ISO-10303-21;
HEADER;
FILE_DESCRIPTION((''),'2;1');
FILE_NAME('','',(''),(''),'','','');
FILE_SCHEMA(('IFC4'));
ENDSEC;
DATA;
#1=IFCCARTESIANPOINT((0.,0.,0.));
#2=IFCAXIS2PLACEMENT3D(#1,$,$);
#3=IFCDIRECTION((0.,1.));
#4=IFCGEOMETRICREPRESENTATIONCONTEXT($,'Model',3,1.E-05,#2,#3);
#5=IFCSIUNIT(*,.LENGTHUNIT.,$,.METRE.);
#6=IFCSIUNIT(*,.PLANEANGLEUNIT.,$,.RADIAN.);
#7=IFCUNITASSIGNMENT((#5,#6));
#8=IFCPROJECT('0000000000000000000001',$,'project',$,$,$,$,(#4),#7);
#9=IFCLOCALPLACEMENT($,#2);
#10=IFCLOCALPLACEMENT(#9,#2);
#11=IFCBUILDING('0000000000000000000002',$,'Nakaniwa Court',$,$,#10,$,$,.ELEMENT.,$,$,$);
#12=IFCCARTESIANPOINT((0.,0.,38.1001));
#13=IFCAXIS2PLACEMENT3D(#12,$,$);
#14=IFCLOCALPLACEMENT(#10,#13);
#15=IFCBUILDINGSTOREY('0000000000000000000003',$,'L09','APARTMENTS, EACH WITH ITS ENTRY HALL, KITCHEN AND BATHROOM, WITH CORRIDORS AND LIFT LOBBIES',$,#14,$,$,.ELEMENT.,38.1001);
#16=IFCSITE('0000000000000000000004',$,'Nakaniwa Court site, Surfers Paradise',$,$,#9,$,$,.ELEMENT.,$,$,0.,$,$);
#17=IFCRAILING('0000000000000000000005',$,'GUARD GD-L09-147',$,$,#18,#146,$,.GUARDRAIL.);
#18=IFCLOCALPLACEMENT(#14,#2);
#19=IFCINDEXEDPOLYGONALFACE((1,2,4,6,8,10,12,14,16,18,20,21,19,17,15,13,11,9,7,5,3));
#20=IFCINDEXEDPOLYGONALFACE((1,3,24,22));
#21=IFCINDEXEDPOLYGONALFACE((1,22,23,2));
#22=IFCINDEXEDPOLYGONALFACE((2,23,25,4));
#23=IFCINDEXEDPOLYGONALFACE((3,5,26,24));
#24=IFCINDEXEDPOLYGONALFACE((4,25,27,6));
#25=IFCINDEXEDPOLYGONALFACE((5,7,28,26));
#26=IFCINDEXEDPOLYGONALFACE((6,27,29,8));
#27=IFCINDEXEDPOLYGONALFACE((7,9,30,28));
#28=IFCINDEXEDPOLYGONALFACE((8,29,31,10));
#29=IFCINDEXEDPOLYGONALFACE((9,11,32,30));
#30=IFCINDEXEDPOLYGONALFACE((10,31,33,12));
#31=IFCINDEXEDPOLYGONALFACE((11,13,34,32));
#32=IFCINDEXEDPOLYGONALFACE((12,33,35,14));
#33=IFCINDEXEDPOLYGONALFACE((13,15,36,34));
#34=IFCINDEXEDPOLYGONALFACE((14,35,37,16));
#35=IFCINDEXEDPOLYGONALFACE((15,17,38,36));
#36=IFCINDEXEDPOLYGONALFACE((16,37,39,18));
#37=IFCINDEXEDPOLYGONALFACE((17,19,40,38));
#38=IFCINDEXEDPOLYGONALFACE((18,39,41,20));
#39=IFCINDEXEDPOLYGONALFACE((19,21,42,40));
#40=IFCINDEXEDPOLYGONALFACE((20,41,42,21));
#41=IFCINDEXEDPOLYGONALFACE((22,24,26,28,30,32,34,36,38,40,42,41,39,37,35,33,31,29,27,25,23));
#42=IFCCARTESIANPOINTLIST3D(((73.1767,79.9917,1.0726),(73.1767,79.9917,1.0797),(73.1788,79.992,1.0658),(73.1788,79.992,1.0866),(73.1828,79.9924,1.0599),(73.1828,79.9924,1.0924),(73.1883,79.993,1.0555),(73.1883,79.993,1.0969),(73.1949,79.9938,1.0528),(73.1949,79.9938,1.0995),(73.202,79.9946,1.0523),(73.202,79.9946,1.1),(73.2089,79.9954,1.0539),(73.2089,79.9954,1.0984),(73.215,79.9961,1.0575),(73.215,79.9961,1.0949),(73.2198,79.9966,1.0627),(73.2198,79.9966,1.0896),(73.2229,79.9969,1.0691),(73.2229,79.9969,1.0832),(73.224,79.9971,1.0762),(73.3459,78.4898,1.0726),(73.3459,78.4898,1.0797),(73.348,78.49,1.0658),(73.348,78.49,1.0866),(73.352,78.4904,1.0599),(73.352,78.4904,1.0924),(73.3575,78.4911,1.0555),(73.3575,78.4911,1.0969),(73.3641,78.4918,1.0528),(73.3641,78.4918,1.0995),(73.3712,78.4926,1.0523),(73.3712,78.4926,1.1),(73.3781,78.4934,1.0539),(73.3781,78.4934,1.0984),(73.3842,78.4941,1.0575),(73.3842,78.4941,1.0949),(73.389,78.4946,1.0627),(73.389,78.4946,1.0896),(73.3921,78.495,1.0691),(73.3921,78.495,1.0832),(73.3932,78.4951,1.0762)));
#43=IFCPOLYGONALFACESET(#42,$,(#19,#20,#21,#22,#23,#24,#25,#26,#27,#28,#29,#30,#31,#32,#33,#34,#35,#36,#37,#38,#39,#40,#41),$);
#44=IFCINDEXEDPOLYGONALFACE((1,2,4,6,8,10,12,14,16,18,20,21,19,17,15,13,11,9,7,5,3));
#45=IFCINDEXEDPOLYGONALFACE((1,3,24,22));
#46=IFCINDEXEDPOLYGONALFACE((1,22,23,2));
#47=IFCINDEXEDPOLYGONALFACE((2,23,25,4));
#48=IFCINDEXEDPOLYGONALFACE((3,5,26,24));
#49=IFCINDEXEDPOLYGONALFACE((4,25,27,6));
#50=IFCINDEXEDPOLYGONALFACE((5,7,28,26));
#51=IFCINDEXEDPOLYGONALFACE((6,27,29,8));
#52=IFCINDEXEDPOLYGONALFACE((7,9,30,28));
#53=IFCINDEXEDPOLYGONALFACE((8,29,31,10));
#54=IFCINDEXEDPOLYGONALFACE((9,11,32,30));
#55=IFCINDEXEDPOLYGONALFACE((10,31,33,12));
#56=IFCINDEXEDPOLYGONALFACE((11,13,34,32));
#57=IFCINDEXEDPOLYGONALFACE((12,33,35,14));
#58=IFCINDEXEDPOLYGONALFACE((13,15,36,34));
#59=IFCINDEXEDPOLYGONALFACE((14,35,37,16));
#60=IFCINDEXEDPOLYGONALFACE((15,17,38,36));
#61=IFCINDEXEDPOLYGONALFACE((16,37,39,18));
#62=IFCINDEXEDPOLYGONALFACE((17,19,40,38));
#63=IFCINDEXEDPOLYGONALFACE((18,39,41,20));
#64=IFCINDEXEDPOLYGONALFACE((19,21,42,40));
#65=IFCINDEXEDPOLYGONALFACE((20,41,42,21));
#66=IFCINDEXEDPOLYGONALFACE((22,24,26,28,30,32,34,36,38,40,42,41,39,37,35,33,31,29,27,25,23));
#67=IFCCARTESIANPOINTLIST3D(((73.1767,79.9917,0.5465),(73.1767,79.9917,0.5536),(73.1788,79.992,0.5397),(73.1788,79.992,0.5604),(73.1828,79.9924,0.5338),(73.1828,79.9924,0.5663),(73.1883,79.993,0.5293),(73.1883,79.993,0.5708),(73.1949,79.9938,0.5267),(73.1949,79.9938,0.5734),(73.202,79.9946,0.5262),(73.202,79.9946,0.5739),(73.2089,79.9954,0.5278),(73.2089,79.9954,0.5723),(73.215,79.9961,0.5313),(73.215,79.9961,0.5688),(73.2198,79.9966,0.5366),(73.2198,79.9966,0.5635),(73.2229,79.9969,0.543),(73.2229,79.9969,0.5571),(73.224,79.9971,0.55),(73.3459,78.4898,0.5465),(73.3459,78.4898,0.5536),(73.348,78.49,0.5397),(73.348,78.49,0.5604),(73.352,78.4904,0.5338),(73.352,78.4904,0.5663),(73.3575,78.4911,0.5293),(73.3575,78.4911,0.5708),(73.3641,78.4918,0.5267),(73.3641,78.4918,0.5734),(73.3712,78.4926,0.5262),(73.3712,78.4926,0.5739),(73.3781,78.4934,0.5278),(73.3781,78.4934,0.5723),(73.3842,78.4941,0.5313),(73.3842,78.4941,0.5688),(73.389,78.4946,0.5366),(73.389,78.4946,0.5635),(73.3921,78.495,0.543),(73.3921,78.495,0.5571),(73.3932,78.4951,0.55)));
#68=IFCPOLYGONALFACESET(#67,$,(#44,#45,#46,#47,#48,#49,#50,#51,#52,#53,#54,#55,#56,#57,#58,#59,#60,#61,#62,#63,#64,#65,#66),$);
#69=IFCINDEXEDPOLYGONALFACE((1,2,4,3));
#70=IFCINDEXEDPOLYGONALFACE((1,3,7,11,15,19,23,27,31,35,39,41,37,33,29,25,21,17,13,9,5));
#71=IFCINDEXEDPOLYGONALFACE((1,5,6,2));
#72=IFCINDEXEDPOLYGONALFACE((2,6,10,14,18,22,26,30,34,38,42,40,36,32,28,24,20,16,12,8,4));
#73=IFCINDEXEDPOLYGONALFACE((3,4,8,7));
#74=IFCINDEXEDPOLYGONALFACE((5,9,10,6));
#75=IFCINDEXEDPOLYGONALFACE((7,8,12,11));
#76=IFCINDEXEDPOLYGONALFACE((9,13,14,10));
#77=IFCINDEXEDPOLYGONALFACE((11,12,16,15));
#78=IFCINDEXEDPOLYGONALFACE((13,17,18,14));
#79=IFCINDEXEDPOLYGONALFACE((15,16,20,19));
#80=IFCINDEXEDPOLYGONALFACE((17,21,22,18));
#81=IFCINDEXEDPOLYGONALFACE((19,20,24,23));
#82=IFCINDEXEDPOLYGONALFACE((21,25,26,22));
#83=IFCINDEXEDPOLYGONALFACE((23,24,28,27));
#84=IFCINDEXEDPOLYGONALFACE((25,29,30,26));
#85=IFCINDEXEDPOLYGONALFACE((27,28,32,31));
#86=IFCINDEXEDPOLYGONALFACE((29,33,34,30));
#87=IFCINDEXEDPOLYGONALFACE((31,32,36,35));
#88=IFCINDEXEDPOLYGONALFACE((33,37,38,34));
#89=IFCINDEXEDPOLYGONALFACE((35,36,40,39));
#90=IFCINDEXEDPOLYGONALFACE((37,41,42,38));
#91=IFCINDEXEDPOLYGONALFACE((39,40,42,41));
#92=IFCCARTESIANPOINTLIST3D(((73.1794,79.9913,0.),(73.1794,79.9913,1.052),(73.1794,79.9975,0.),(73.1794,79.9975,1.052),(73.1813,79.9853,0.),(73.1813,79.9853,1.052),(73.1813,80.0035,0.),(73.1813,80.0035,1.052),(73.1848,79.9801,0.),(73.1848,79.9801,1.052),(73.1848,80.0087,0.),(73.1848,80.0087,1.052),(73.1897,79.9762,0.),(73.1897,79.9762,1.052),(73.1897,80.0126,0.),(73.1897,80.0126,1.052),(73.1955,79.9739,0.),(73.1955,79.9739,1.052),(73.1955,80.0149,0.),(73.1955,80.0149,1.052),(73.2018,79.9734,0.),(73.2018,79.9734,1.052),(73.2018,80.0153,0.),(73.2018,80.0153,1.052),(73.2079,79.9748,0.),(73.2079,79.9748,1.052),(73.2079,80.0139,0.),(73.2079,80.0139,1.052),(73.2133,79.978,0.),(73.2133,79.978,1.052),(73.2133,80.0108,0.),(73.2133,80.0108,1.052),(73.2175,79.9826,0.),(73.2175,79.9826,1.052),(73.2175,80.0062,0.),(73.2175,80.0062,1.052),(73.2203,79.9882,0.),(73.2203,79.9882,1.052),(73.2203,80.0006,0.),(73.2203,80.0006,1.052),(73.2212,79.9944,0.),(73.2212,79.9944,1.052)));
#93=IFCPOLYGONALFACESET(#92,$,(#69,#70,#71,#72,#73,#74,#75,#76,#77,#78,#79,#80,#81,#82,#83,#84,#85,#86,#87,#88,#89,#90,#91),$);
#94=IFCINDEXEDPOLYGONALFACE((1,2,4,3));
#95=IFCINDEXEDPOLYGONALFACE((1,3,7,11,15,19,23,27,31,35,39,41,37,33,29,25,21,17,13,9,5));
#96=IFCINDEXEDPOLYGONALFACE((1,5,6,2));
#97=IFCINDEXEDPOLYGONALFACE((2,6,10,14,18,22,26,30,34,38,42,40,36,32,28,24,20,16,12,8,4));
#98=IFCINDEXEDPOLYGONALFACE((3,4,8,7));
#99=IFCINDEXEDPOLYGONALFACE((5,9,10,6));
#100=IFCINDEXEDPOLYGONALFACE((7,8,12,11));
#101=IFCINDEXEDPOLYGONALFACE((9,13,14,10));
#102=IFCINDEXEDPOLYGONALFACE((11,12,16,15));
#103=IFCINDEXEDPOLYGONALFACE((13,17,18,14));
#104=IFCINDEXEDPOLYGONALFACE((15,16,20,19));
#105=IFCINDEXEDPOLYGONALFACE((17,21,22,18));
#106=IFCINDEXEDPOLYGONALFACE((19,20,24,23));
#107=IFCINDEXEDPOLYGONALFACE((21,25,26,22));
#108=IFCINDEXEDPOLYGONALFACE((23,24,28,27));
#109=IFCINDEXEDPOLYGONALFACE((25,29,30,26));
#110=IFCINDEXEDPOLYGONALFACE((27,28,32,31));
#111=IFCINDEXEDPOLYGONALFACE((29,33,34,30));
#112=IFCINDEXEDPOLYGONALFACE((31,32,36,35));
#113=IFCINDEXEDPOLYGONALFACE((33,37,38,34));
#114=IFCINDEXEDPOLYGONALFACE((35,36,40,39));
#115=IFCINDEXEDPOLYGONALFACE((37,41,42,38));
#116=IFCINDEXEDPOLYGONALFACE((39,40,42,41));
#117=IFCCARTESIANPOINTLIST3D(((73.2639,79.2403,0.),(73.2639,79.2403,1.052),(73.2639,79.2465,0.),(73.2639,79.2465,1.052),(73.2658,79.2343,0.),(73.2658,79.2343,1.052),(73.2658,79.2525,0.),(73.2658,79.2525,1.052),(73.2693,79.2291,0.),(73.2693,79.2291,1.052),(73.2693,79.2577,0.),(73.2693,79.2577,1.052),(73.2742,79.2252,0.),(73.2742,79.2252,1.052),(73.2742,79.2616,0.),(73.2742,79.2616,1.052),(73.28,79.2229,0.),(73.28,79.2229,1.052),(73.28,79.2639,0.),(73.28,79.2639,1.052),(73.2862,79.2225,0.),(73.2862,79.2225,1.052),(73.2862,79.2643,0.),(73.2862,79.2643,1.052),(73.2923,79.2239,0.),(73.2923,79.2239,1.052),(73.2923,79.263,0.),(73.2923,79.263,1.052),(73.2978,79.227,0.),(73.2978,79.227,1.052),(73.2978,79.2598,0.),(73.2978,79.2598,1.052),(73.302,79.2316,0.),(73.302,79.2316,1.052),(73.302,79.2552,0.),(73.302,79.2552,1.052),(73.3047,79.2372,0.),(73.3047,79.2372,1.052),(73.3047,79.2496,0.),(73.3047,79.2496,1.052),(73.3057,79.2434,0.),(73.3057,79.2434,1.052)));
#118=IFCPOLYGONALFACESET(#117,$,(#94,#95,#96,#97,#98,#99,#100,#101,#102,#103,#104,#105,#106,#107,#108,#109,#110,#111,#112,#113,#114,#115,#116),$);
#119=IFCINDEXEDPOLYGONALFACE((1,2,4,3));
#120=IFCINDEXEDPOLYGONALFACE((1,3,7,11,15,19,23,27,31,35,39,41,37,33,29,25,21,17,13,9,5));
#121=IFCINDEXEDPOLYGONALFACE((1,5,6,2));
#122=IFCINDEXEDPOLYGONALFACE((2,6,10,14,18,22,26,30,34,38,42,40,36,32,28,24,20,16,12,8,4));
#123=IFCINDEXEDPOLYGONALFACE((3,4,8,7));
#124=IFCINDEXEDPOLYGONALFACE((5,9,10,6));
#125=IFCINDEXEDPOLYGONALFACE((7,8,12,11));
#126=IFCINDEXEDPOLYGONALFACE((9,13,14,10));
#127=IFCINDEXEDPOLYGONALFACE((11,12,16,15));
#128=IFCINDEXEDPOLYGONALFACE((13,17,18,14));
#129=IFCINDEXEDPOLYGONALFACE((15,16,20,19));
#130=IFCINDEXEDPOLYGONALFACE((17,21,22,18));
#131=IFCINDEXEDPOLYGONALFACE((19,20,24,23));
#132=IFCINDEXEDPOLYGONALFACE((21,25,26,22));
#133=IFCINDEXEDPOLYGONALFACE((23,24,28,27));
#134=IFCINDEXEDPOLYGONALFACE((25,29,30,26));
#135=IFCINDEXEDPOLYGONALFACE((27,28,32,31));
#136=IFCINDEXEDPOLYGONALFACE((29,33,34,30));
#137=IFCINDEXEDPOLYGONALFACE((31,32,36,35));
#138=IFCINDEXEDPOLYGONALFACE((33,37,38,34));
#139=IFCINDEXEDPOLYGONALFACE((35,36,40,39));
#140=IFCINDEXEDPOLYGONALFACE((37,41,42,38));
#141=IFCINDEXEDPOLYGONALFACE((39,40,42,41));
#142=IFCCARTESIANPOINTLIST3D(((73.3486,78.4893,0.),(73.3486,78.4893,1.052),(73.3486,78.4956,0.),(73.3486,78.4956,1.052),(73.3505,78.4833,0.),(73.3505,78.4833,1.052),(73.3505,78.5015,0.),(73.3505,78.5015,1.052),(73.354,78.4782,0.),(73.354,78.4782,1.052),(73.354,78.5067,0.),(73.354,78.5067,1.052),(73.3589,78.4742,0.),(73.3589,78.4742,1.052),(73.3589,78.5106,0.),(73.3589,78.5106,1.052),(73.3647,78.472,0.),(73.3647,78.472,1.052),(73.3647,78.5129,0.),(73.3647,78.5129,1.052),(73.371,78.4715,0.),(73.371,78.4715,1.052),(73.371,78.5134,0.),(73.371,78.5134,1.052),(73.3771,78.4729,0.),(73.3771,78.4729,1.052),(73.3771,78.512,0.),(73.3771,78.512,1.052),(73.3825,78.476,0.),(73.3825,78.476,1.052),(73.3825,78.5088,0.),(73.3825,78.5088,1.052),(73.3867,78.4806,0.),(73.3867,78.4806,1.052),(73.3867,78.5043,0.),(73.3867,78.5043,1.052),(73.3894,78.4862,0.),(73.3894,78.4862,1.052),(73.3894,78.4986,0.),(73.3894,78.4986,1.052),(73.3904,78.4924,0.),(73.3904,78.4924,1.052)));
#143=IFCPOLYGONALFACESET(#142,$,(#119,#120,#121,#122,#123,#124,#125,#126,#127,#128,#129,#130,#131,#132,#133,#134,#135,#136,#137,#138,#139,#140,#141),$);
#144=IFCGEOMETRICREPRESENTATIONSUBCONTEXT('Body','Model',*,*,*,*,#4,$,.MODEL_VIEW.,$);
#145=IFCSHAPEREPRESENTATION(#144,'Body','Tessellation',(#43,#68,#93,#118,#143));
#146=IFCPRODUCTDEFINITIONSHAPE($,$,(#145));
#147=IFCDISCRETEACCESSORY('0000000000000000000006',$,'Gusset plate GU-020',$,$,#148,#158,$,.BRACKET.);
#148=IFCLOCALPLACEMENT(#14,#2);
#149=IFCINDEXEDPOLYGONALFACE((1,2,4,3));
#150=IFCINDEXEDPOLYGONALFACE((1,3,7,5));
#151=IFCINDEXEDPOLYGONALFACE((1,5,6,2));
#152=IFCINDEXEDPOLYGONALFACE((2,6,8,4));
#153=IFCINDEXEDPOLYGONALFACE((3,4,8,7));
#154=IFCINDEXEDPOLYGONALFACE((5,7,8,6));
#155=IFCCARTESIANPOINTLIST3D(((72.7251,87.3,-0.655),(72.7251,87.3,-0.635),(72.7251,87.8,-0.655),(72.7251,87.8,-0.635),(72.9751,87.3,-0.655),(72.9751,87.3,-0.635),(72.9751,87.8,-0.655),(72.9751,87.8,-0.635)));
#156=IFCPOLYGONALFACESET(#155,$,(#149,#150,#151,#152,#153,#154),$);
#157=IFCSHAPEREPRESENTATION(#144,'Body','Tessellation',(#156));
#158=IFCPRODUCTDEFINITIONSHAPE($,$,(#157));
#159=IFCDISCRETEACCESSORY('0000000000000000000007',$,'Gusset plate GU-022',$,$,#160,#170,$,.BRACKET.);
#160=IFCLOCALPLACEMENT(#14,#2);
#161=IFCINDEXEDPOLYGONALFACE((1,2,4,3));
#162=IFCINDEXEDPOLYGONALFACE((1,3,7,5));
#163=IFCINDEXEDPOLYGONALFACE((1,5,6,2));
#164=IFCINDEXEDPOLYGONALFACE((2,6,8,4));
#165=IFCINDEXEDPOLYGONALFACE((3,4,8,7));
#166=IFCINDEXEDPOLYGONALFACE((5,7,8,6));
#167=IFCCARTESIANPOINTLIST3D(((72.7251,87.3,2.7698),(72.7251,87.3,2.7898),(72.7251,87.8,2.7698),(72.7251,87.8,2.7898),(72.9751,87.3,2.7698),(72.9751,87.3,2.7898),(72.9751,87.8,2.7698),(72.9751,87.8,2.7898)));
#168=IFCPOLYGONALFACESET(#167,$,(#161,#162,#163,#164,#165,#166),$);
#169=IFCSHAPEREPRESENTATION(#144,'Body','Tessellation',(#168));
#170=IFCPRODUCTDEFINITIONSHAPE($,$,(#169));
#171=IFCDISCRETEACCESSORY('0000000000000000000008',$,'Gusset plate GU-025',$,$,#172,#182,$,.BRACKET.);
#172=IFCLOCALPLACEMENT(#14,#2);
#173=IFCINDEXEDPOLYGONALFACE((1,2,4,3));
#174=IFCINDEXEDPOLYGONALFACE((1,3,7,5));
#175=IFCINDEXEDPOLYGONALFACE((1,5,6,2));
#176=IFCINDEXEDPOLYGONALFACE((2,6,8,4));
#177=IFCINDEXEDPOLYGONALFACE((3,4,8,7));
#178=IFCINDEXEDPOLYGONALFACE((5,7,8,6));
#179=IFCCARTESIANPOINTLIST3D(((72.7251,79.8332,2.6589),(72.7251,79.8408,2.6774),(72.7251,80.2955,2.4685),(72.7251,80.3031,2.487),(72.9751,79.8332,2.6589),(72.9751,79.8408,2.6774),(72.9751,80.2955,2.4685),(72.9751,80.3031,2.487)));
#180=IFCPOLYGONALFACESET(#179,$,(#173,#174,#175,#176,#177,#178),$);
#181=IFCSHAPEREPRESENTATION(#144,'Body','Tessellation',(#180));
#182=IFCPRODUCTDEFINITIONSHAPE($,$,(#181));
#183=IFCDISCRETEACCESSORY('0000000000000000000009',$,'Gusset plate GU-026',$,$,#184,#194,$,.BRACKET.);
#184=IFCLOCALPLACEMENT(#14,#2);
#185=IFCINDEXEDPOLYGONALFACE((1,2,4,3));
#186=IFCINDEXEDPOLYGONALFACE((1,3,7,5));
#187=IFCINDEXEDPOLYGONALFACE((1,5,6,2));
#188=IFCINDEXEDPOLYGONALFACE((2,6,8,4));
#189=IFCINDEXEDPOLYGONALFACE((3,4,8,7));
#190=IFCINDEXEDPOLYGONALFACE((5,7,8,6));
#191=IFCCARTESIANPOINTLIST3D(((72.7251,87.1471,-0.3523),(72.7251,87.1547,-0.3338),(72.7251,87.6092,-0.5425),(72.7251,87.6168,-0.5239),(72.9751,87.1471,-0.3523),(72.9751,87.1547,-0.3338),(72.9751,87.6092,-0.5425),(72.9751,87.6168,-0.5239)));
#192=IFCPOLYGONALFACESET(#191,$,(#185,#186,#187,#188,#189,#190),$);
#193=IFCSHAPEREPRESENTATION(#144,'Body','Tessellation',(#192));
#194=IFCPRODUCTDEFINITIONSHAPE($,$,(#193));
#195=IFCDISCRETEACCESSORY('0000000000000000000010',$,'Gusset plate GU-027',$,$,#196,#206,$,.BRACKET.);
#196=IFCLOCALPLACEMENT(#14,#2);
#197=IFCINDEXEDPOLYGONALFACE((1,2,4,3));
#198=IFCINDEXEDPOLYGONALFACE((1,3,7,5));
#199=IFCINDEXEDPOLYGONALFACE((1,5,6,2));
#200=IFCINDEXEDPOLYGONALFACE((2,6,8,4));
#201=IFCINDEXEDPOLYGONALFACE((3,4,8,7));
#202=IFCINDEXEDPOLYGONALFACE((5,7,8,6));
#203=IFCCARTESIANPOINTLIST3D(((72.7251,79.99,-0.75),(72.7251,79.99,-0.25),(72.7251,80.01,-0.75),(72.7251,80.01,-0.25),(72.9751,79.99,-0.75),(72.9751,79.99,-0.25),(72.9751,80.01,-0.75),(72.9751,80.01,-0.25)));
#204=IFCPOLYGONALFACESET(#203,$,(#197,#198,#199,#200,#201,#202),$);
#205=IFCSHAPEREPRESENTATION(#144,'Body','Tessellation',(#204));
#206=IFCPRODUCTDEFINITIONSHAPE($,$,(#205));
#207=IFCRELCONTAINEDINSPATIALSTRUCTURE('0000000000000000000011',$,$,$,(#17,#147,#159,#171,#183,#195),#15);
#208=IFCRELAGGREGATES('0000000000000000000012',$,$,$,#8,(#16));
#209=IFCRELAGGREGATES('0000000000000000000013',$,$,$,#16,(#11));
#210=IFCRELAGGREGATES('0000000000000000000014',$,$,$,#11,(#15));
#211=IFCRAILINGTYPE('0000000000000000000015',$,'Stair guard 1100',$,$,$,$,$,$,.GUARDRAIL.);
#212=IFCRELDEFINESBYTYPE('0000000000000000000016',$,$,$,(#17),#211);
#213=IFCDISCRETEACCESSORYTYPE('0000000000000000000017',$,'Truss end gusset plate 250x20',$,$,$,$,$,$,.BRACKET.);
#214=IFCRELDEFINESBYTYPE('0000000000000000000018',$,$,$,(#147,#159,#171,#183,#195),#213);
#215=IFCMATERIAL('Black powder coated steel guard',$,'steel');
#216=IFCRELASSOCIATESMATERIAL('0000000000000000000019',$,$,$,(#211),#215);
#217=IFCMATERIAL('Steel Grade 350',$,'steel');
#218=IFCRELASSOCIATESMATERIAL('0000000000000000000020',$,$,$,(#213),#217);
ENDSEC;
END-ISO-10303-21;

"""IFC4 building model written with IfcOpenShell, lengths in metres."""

from ifc_helpers import new_model, si_unit, direction, frame, origin, origin_2d, place, context, subcontext, project, spatial, rectangle, circle, extrude, material, material_profile, profile_set, type_object, element, save


model = new_model("IFC4")

# Units and contexts
model_context = context("Model", 3, precision=1e-05, world=origin(), true_north=direction((0.0, 1.0)))
body_context = subcontext(model_context, "Body", "Model", "MODEL_VIEW")
ifc_project = project(units=[si_unit("LENGTHUNIT", "METRE"), si_unit("PLANEANGLEUNIT", "RADIAN")], contexts=[model_context])

# Site, building, storey
site_placement = place(None, origin())
site = spatial("IfcSite", under=ifc_project, at=site_placement, Name="Nakaniwa Court site, Surfers Paradise", CompositionType="ELEMENT", RefElevation=0.0)
building_placement = place(site_placement, origin())
building = spatial("IfcBuilding", under=site, at=building_placement, Name="Nakaniwa Court", CompositionType="ELEMENT")
storey_placement = place(building_placement, frame((0.0, 0.0, 38.1001)))
storey = spatial("IfcBuildingStorey", under=building, at=storey_placement, Name="L09", Description="APARTMENTS, EACH WITH ITS ENTRY HALL, KITCHEN AND BATHROOM, WITH CORRIDORS AND LIFT LOBBIES", CompositionType="ELEMENT", Elevation=38.1001)

# Shared definitions
ifc_material_1 = material(Name="Steel Grade 350", Category="steel")

# Railing
ifc_material_2 = material(Name="Black powder coated steel guard", Category="steel")
railing_type = type_object("IfcRailingType", Name="Stair guard 1100", PredefinedType="GUARDRAIL", material=ifc_material_2)
railing_1_placement = place(storey_placement, frame((73.2002, 79.9944, 0.0)))
element("IfcRailing", 1, at=railing_1_placement, inside=storey, type_object=railing_type, Name="GUARD GD-L09-147", PredefinedType="GUARDRAIL", context=body_context, shape_type="SweptSolid", body=[
    extrude(circle(Radius=0.0239, at=origin_2d()), frame((0.0, 0.0, 1.0762), z_axis=(0.111938, -0.993715, 0.0), x_axis=(0.993715, 0.111938, 0.0)), (0.0, 0.0, 1.0), 1.5115),
    extrude(circle(Radius=0.0239, at=origin_2d()), frame((0.0, 0.0, 0.55), z_axis=(0.111938, -0.993715, 0.0), x_axis=(0.993715, 0.111938, 0.0)), (0.0, 0.0, 1.0), 1.5115),
    extrude(circle(Radius=0.021, at=origin_2d()), origin(), (0.0, 0.0, 1.0), 1.052),
    extrude(circle(Radius=0.021, at=origin_2d()), frame((0.0845, -0.751, 0.0)), (0.0, 0.0, 1.0), 1.052),
    extrude(circle(Radius=0.021, at=origin_2d()), frame((0.1692, -1.502, 0.0)), (0.0, 0.0, 1.0), 1.052),
])

# Discrete accessories
ifc_material_profile_1 = material_profile(ifc_material_1, rectangle(XDim=0.25, YDim=0.02, at=origin_2d()), Name="Truss end gusset plate 250x20")
ifc_profile_set_1 = profile_set([ifc_material_profile_1], Name="Steel Grade 350")
discrete_accessory_type = type_object("IfcDiscreteAccessoryType", Name="Truss end gusset plate 250x20", PredefinedType="BRACKET", material=ifc_profile_set_1)
for number, where, z_axis, x_axis, name in (
    (2, (72.8501, 87.3, -0.645), (0.0, 1.0, 0.0), (-1.0, 0.0, 0.0), "Gusset plate GU-020"),
    (3, (72.8501, 87.3, 2.7798), (0.0, 1.0, 0.0), (-1.0, 0.0, 0.0), "Gusset plate GU-022"),
    (4, (72.8501, 80.2993, 2.4778), (0.0, -0.924658, 0.380799), (1.0, 0.0, 0.0), "Gusset plate GU-025"),
):
    element("IfcDiscreteAccessory", number, at=place(storey_placement, frame(where, z_axis=z_axis, x_axis=x_axis)), inside=storey, type_object=discrete_accessory_type, Name=name, PredefinedType="BRACKET", context=body_context, shape_type="SweptSolid", body=[
        extrude(rectangle(XDim=0.25, YDim=0.02, at=origin_2d()), origin(), (0.0, 0.0, 1.0), 0.5),
    ])
discrete_accessory_1_placement = place(storey_placement, frame((72.8501, 87.1509, -0.343), z_axis=(0.0, 0.924759, -0.380553), x_axis=(-1.0, 0.0, 0.0)))
element("IfcDiscreteAccessory", 5, at=discrete_accessory_1_placement, inside=storey, type_object=discrete_accessory_type, Name="Gusset plate GU-026", PredefinedType="BRACKET", context=body_context, shape_type="SweptSolid", body=[
    extrude(rectangle(XDim=0.25, YDim=0.02, at=origin_2d()), origin(), (0.0, 0.0, 1.0), 0.4998),
])
for number, where, z_axis, x_axis, name in (
    (6, (72.8501, 80.0, -0.25), (0.0, 0.0, -1.0), (1.0, 0.0, 0.0), "Gusset plate GU-027"),
):
    element("IfcDiscreteAccessory", number, at=place(storey_placement, frame(where, z_axis=z_axis, x_axis=x_axis)), inside=storey, type_object=discrete_accessory_type, Name=name, PredefinedType="BRACKET", context=body_context, shape_type="SweptSolid", body=[
        extrude(rectangle(XDim=0.25, YDim=0.02, at=origin_2d()), origin(), (0.0, 0.0, 1.0), 0.5),
    ])

save(model, "model.ifc")
